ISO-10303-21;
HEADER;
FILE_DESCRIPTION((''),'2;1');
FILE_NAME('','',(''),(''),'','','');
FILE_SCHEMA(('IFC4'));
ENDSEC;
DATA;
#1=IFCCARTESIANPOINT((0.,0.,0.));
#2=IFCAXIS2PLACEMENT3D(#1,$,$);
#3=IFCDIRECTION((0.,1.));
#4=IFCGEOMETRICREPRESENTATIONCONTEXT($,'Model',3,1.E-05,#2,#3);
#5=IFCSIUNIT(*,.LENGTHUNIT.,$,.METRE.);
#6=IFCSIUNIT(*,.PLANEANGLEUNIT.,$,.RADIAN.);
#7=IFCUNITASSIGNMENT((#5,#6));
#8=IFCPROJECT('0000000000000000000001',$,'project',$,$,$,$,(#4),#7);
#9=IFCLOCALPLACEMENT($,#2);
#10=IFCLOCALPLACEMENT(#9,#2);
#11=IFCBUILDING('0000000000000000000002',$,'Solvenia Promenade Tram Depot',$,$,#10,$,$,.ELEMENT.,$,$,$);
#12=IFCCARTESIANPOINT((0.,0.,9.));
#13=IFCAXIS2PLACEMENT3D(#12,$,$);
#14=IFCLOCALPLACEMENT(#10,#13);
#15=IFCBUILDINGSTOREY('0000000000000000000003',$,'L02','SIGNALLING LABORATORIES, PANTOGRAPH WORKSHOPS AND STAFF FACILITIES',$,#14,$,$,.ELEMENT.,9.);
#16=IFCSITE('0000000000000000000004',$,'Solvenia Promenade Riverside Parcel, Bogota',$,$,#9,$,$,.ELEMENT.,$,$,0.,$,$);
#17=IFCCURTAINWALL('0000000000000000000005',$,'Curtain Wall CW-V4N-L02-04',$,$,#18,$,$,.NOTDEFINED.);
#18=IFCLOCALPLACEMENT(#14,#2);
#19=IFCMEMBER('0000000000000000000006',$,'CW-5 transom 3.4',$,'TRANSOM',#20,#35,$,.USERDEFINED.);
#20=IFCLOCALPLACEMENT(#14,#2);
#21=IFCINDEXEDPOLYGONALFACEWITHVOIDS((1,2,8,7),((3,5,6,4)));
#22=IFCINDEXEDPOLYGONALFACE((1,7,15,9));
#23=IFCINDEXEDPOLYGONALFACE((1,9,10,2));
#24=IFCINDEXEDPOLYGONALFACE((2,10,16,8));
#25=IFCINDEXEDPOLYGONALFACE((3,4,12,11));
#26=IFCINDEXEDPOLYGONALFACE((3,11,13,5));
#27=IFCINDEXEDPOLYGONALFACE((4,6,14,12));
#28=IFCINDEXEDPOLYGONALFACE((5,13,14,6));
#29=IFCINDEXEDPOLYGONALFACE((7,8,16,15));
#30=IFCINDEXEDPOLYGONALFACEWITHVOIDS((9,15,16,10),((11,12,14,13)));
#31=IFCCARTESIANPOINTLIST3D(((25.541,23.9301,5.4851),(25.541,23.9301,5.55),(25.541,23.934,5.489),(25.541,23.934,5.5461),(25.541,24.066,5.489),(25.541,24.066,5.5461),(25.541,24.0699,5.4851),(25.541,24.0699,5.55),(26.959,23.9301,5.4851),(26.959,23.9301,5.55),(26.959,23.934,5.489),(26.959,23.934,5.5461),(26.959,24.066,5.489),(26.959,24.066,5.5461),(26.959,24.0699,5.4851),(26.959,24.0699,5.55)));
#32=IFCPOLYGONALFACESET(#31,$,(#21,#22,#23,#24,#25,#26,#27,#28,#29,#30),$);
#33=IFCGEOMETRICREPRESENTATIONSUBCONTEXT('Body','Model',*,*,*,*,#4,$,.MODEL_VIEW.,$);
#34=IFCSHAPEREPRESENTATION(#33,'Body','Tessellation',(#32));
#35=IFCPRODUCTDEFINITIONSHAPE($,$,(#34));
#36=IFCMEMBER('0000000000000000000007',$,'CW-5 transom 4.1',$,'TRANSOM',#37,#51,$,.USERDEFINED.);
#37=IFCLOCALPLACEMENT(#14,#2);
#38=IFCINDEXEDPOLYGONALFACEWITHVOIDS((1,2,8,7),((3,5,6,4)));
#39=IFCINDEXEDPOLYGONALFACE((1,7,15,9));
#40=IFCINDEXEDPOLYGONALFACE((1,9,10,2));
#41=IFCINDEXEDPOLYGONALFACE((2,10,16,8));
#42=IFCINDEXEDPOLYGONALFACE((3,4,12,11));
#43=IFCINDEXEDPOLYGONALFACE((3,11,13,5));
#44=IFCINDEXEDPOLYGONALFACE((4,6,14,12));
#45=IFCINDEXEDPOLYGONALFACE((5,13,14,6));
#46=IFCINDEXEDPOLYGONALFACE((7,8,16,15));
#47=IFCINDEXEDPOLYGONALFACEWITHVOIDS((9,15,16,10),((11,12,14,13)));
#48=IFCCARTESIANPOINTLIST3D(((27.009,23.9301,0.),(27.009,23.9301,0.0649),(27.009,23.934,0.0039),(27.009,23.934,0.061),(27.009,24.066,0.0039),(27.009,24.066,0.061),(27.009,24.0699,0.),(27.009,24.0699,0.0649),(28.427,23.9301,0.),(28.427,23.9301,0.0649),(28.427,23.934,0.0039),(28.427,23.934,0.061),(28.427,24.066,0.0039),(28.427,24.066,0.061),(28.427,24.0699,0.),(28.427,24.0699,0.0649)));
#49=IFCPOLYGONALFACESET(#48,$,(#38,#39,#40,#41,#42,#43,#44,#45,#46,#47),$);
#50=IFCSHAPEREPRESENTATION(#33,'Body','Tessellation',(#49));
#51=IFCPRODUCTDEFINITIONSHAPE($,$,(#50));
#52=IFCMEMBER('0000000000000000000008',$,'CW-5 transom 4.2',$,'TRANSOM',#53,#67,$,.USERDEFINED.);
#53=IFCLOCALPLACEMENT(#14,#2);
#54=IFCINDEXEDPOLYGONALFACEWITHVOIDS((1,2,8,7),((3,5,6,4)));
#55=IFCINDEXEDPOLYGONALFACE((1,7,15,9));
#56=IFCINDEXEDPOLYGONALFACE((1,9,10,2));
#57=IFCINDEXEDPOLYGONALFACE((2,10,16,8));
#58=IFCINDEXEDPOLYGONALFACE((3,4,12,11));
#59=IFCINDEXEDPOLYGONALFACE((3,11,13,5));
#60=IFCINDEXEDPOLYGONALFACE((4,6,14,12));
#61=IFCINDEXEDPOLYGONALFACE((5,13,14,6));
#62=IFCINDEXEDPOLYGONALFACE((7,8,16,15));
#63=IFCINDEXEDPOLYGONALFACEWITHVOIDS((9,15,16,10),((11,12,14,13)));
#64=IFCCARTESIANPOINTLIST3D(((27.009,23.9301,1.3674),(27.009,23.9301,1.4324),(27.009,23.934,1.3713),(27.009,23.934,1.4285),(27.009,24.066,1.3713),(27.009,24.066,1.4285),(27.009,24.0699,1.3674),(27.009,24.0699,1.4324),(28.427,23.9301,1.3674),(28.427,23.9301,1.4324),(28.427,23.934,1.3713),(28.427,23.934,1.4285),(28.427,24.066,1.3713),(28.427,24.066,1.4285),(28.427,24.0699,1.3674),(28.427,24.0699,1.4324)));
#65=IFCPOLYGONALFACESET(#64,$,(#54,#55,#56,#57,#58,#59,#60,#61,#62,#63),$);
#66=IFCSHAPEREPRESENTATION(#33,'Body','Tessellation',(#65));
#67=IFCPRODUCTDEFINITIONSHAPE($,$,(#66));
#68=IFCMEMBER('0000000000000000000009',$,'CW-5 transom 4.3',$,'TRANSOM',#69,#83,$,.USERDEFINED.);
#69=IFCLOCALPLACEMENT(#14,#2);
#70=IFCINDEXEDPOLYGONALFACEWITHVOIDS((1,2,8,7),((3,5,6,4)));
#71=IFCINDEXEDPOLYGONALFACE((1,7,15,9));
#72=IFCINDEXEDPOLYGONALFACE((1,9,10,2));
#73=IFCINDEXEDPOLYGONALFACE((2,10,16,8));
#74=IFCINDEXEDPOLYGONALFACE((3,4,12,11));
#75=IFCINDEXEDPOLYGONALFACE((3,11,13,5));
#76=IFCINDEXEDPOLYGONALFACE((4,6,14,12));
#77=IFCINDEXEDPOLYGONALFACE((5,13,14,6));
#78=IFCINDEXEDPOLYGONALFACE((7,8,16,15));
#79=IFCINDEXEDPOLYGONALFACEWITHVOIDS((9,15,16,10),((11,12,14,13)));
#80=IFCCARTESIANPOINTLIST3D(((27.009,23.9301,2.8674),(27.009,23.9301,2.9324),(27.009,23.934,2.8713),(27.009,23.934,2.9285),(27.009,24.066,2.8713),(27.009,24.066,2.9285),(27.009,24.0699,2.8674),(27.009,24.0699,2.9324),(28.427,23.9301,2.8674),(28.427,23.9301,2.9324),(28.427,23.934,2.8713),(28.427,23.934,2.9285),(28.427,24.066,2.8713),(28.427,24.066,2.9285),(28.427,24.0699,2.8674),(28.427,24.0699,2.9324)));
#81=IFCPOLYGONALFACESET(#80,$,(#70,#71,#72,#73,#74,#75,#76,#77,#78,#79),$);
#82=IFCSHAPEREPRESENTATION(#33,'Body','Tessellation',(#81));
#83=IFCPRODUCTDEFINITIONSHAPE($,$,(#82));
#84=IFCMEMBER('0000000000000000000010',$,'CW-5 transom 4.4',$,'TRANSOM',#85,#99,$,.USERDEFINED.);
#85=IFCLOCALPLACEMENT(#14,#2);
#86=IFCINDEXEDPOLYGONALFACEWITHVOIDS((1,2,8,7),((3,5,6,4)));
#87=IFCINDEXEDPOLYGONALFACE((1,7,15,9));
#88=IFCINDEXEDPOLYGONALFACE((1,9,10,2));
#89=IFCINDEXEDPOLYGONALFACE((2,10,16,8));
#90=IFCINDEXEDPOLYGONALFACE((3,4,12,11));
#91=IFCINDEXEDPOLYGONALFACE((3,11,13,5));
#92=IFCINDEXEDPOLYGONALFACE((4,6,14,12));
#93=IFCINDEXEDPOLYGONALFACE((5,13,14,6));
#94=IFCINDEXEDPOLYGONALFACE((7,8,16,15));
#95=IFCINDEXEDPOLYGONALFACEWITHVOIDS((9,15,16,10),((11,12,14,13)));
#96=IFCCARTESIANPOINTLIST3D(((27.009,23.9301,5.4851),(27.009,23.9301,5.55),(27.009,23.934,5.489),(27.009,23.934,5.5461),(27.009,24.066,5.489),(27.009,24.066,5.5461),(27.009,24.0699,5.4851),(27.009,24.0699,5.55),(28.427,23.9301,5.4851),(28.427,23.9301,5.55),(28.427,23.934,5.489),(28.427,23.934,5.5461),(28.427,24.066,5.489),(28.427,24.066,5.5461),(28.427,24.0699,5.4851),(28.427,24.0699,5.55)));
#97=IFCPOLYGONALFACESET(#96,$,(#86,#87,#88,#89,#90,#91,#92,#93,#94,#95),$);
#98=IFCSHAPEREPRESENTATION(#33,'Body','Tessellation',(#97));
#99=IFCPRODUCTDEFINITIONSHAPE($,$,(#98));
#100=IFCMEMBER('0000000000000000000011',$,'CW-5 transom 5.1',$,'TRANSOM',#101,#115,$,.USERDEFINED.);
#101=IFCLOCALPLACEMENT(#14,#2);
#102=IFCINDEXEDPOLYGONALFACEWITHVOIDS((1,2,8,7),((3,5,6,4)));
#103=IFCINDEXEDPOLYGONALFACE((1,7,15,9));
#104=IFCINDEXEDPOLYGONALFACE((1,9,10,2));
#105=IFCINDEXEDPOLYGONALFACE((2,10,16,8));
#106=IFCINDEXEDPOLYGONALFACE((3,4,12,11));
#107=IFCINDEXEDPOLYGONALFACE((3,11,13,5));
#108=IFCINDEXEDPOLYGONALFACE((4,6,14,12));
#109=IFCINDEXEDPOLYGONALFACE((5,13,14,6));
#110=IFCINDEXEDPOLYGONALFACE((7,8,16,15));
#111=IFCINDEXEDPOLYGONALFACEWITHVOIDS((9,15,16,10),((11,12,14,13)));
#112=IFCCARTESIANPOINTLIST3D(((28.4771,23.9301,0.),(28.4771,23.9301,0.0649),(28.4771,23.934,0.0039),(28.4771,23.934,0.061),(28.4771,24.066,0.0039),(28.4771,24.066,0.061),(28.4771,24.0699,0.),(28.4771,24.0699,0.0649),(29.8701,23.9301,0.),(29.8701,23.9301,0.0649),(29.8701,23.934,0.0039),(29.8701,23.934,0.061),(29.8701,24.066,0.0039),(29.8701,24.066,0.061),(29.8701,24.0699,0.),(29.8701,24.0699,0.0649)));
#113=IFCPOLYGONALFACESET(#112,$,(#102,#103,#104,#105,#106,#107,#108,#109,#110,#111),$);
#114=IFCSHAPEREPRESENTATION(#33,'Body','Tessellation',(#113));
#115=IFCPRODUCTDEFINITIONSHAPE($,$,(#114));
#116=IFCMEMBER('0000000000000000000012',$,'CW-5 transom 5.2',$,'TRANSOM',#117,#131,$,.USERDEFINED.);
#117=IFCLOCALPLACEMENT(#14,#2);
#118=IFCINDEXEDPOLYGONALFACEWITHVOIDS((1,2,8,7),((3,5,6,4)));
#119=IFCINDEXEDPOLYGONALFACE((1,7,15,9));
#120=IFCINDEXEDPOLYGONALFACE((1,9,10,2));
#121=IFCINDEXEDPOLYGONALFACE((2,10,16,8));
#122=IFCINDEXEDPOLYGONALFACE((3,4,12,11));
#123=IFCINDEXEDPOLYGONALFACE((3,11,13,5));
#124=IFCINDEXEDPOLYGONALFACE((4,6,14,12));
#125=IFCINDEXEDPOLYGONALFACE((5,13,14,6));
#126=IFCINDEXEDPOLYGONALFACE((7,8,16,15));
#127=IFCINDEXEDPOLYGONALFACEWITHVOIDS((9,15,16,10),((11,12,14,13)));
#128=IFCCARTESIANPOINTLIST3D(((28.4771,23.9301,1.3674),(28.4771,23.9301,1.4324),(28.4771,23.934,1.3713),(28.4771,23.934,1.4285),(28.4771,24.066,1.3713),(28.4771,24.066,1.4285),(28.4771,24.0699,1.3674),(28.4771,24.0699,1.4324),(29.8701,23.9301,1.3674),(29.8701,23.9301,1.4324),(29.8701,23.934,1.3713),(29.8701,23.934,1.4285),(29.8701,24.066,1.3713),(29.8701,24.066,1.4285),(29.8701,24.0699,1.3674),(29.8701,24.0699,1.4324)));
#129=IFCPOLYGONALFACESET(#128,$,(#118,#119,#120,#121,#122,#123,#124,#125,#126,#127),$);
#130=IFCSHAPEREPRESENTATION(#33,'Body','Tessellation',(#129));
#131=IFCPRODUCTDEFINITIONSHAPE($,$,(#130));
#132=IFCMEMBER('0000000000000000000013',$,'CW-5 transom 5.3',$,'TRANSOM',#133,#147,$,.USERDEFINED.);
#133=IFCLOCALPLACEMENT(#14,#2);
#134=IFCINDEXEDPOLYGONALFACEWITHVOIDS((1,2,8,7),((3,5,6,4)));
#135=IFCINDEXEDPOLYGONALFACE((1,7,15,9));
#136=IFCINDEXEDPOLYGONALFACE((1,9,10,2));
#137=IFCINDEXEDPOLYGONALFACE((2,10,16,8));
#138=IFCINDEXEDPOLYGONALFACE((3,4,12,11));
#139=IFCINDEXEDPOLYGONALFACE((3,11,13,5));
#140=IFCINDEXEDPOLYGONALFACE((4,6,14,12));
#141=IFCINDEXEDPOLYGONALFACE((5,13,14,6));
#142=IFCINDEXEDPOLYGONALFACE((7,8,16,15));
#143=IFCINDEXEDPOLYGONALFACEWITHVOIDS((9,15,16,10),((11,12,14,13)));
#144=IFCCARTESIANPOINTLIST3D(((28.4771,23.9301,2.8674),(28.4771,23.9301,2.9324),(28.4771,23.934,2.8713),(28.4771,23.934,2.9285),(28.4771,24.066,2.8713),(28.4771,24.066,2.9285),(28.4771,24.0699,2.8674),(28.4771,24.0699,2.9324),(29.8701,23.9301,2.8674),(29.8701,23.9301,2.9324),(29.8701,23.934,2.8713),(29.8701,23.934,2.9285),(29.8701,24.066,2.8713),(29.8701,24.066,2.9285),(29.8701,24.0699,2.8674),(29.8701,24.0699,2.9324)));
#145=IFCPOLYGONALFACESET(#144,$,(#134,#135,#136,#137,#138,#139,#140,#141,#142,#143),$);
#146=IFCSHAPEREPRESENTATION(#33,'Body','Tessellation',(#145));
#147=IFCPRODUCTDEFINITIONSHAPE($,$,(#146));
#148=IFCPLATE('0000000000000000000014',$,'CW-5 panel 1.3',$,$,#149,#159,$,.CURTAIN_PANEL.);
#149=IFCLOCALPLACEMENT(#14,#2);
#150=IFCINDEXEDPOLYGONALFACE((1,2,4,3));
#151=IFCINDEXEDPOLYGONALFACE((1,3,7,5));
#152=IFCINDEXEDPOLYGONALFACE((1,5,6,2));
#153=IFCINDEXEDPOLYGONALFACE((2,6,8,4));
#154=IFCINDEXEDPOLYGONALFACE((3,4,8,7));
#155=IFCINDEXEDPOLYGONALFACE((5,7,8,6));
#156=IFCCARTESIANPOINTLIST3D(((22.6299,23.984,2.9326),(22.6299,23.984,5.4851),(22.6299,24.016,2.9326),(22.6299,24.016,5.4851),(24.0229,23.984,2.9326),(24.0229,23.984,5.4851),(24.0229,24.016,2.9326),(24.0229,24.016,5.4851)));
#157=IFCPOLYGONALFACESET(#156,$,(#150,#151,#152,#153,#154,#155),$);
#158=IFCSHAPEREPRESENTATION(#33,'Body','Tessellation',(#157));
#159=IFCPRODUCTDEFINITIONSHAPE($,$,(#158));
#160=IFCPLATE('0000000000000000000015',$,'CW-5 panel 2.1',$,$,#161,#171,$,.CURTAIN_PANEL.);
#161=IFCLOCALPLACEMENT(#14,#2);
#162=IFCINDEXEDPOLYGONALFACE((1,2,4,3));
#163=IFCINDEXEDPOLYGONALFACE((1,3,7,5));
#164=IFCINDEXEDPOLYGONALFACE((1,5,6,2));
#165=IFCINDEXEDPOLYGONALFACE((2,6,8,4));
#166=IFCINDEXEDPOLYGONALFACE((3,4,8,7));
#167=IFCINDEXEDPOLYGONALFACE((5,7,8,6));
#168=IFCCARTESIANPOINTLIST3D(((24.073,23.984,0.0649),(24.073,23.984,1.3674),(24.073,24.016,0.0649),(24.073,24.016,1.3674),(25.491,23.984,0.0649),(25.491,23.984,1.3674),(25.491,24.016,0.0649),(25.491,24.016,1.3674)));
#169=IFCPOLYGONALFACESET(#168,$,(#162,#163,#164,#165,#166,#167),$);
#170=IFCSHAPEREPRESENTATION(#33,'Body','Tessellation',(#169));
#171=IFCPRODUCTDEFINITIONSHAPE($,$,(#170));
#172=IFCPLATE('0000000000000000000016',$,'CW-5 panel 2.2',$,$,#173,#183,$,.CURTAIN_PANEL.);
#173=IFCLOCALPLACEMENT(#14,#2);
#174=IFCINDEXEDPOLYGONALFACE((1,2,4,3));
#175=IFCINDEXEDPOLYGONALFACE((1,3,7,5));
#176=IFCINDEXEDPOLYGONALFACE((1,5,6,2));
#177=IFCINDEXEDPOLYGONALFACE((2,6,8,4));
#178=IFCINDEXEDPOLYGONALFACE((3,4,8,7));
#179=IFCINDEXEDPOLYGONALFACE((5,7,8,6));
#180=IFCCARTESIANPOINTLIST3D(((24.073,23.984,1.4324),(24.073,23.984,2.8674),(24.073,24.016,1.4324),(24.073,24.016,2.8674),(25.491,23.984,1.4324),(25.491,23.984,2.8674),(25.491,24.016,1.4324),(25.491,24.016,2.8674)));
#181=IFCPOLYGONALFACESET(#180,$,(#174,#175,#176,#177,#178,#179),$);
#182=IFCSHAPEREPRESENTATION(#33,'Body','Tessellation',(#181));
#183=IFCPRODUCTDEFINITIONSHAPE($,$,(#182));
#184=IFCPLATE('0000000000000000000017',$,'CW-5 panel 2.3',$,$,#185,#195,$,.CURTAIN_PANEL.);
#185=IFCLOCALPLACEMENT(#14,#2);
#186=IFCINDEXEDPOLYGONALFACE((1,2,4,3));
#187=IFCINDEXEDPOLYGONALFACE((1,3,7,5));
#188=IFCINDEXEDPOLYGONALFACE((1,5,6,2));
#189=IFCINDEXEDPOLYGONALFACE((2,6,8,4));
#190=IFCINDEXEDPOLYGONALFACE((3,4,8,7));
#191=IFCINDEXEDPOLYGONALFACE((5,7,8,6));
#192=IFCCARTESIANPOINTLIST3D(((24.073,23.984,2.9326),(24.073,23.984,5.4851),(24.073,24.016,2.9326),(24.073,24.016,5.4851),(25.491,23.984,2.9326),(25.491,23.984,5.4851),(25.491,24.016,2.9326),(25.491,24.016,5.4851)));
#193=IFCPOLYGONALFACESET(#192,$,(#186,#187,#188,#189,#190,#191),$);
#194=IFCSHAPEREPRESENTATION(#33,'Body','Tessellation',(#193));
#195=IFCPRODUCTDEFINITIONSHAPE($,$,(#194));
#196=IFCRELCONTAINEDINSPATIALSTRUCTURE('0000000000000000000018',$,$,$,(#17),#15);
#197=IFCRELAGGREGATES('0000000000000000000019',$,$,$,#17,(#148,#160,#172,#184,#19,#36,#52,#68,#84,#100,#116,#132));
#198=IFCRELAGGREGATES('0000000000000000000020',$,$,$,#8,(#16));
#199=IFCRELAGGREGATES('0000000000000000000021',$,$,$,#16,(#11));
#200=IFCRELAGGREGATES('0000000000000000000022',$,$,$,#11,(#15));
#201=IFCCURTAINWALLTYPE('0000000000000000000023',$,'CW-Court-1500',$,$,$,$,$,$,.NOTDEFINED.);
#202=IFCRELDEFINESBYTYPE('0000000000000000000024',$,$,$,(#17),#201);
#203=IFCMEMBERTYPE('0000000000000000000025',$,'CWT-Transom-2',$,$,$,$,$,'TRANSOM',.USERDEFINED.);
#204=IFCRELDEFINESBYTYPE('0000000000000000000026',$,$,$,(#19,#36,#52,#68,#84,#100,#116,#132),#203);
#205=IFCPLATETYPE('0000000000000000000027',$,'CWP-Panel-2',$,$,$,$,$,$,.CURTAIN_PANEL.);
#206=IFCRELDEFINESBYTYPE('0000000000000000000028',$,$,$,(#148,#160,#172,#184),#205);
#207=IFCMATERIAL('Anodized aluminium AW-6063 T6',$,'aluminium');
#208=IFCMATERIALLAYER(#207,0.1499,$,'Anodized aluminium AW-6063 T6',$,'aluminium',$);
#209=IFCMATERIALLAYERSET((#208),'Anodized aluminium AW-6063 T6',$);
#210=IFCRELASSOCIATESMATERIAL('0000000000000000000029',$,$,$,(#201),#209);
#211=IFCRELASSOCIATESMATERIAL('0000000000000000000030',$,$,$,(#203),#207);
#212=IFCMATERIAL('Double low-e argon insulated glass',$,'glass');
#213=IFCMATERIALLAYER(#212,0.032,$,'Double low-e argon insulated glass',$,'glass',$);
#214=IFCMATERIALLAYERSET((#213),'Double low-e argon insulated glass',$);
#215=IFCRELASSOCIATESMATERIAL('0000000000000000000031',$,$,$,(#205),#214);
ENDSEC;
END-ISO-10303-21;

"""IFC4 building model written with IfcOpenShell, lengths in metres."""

from ifc_helpers import new_model, si_unit, direction, frame, origin, origin_2d, place, context, subcontext, project, spatial, rectangle, hollow_rectangle, extrude, material, layer, layer_set, material_profile, profile_set, type_object, element, aggregate, save


model = new_model("IFC4")

# Units and contexts
model_context = context("Model", 3, precision=1e-05, world=origin(), true_north=direction((0.0, 1.0)))
body_context = subcontext(model_context, "Body", "Model", "MODEL_VIEW")
ifc_project = project(units=[si_unit("LENGTHUNIT", "METRE"), si_unit("PLANEANGLEUNIT", "RADIAN")], contexts=[model_context])

# Site, building, storey
site_placement = place(None, origin())
site = spatial("IfcSite", under=ifc_project, at=site_placement, Name="Solvenia Promenade Riverside Parcel, Bogota", CompositionType="ELEMENT", RefElevation=0.0)
building_placement = place(site_placement, origin())
building = spatial("IfcBuilding", under=site, at=building_placement, Name="Solvenia Promenade Tram Depot", CompositionType="ELEMENT")
storey_placement = place(building_placement, frame((0.0, 0.0, 9.0)))
storey = spatial("IfcBuildingStorey", under=building, at=storey_placement, Name="L02", Description="SIGNALLING LABORATORIES, PANTOGRAPH WORKSHOPS AND STAFF FACILITIES", CompositionType="ELEMENT", Elevation=9.0)

# Curtain wall, members, plates
ifc_material_1 = material(Name="Anodized aluminium AW-6063 T6", Category="aluminium")
ifc_layer_1 = layer(ifc_material_1, 0.1499, Name="Anodized aluminium AW-6063 T6", Category="aluminium")
ifc_layer_set_1 = layer_set([ifc_layer_1], Name="Anodized aluminium AW-6063 T6")
curtain_wall_type = type_object("IfcCurtainWallType", Name="CW-Court-1500", PredefinedType="NOTDEFINED", material=ifc_layer_set_1)
curtain_wall_placement = place(storey_placement, origin())
curtain_wall = element("IfcCurtainWall", 1, at=curtain_wall_placement, inside=storey, type_object=curtain_wall_type, Name="Curtain Wall CW-V4N-L02-04", PredefinedType="NOTDEFINED")
ifc_material_profile_1 = material_profile(ifc_material_1, hollow_rectangle(XDim=0.1399, YDim=0.0649, WallThickness=0.0039, at=origin_2d()), Name="ALU-T2", Category="aluminium")
ifc_profile_set_1 = profile_set([ifc_material_profile_1], Name="Anodized aluminium AW-6063 T6")
member_type_1 = type_object("IfcMemberType", Name="CWT-Transom-2", ElementType="TRANSOM", PredefinedType="USERDEFINED", material=ifc_profile_set_1)
member_1_placement = place(storey_placement, frame((25.541, 24.0, 5.5176), z_axis=(1.0, 0.0, 0.0), x_axis=(0.0, 1.0, 0.0)))
member_1 = element("IfcMember", 2, at=member_1_placement, type_object=member_type_1, Name="CW-5 transom 3.4", ObjectType="TRANSOM", PredefinedType="USERDEFINED", context=body_context, shape_type="SweptSolid", body=[
    extrude(hollow_rectangle(XDim=0.1399, YDim=0.0649, WallThickness=0.0039, at=origin_2d()), origin(), (0.0, 0.0, 1.0), 1.418),
])
member_2_placement = place(storey_placement, frame((27.009, 24.0, 0.0325), z_axis=(1.0, 0.0, 0.0), x_axis=(0.0, 1.0, 0.0)))
member_2 = element("IfcMember", 3, at=member_2_placement, type_object=member_type_1, Name="CW-5 transom 4.1", ObjectType="TRANSOM", PredefinedType="USERDEFINED", context=body_context, shape_type="SweptSolid", body=[
    extrude(hollow_rectangle(XDim=0.1399, YDim=0.0649, WallThickness=0.0039, at=origin_2d()), origin(), (0.0, 0.0, 1.0), 1.418),
])
member_3_placement = place(storey_placement, frame((27.009, 24.0, 1.3999), z_axis=(1.0, 0.0, 0.0), x_axis=(0.0, 1.0, 0.0)))
member_3 = element("IfcMember", 4, at=member_3_placement, type_object=member_type_1, Name="CW-5 transom 4.2", ObjectType="TRANSOM", PredefinedType="USERDEFINED", context=body_context, shape_type="SweptSolid", body=[
    extrude(hollow_rectangle(XDim=0.1399, YDim=0.0649, WallThickness=0.0039, at=origin_2d()), origin(), (0.0, 0.0, 1.0), 1.418),
])
member_4_placement = place(storey_placement, frame((27.009, 24.0, 2.8999), z_axis=(1.0, 0.0, 0.0), x_axis=(0.0, 1.0, 0.0)))
member_4 = element("IfcMember", 5, at=member_4_placement, type_object=member_type_1, Name="CW-5 transom 4.3", ObjectType="TRANSOM", PredefinedType="USERDEFINED", context=body_context, shape_type="SweptSolid", body=[
    extrude(hollow_rectangle(XDim=0.1399, YDim=0.0649, WallThickness=0.0039, at=origin_2d()), origin(), (0.0, 0.0, 1.0), 1.418),
])
member_5_placement = place(storey_placement, frame((27.009, 24.0, 5.5176), z_axis=(1.0, 0.0, 0.0), x_axis=(0.0, 1.0, 0.0)))
member_5 = element("IfcMember", 6, at=member_5_placement, type_object=member_type_1, Name="CW-5 transom 4.4", ObjectType="TRANSOM", PredefinedType="USERDEFINED", context=body_context, shape_type="SweptSolid", body=[
    extrude(hollow_rectangle(XDim=0.1399, YDim=0.0649, WallThickness=0.0039, at=origin_2d()), origin(), (0.0, 0.0, 1.0), 1.418),
])
member_6_placement = place(storey_placement, frame((28.4771, 24.0, 0.0325), z_axis=(1.0, 0.0, 0.0), x_axis=(0.0, 1.0, 0.0)))
member_6 = element("IfcMember", 7, at=member_6_placement, type_object=member_type_1, Name="CW-5 transom 5.1", ObjectType="TRANSOM", PredefinedType="USERDEFINED", context=body_context, shape_type="SweptSolid", body=[
    extrude(hollow_rectangle(XDim=0.1399, YDim=0.0649, WallThickness=0.0039, at=origin_2d()), origin(), (0.0, 0.0, 1.0), 1.3931),
])
member_7_placement = place(storey_placement, frame((28.4771, 24.0, 1.3999), z_axis=(1.0, 0.0, 0.0), x_axis=(0.0, 1.0, 0.0)))
member_7 = element("IfcMember", 8, at=member_7_placement, type_object=member_type_1, Name="CW-5 transom 5.2", ObjectType="TRANSOM", PredefinedType="USERDEFINED", context=body_context, shape_type="SweptSolid", body=[
    extrude(hollow_rectangle(XDim=0.1399, YDim=0.0649, WallThickness=0.0039, at=origin_2d()), origin(), (0.0, 0.0, 1.0), 1.3931),
])
member_8_placement = place(storey_placement, frame((28.4771, 24.0, 2.8999), z_axis=(1.0, 0.0, 0.0), x_axis=(0.0, 1.0, 0.0)))
member_8 = element("IfcMember", 9, at=member_8_placement, type_object=member_type_1, Name="CW-5 transom 5.3", ObjectType="TRANSOM", PredefinedType="USERDEFINED", context=body_context, shape_type="SweptSolid", body=[
    extrude(hollow_rectangle(XDim=0.1399, YDim=0.0649, WallThickness=0.0039, at=origin_2d()), origin(), (0.0, 0.0, 1.0), 1.3931),
])
ifc_material_2 = material(Name="Double low-e argon insulated glass", Category="glass")
ifc_layer_2 = layer(ifc_material_2, 0.032, Name="Double low-e argon insulated glass", Category="glass")
ifc_layer_set_2 = layer_set([ifc_layer_2], Name="Double low-e argon insulated glass")
plate_type = type_object("IfcPlateType", Name="CWP-Panel-2", PredefinedType="CURTAIN_PANEL", material=ifc_layer_set_2)
plate_1_placement = place(storey_placement, frame((23.3264, 24.0, 2.9326), z_axis=(0.0, 0.0, 1.0), x_axis=(1.0, 0.0, 0.0)))
plate_1 = element("IfcPlate", 10, at=plate_1_placement, type_object=plate_type, Name="CW-5 panel 1.3", PredefinedType="CURTAIN_PANEL", context=body_context, shape_type="SweptSolid", body=[
    extrude(rectangle(XDim=1.3931, YDim=0.032, at=origin_2d()), origin(), (0.0, 0.0, 1.0), 2.5525),
])
plate_2_placement = place(storey_placement, frame((24.782, 24.0, 0.0649), z_axis=(0.0, 0.0, 1.0), x_axis=(1.0, 0.0, 0.0)))
plate_2 = element("IfcPlate", 11, at=plate_2_placement, type_object=plate_type, Name="CW-5 panel 2.1", PredefinedType="CURTAIN_PANEL", context=body_context, shape_type="SweptSolid", body=[
    extrude(rectangle(XDim=1.418, YDim=0.032, at=origin_2d()), origin(), (0.0, 0.0, 1.0), 1.3025),
])
plate_3_placement = place(storey_placement, frame((24.782, 24.0, 1.4324), z_axis=(0.0, 0.0, 1.0), x_axis=(1.0, 0.0, 0.0)))
plate_3 = element("IfcPlate", 12, at=plate_3_placement, type_object=plate_type, Name="CW-5 panel 2.2", PredefinedType="CURTAIN_PANEL", context=body_context, shape_type="SweptSolid", body=[
    extrude(rectangle(XDim=1.418, YDim=0.032, at=origin_2d()), origin(), (0.0, 0.0, 1.0), 1.4351),
])
plate_4_placement = place(storey_placement, frame((24.782, 24.0, 2.9326), z_axis=(0.0, 0.0, 1.0), x_axis=(1.0, 0.0, 0.0)))
plate_4 = element("IfcPlate", 13, at=plate_4_placement, type_object=plate_type, Name="CW-5 panel 2.3", PredefinedType="CURTAIN_PANEL", context=body_context, shape_type="SweptSolid", body=[
    extrude(rectangle(XDim=1.418, YDim=0.032, at=origin_2d()), origin(), (0.0, 0.0, 1.0), 2.5525),
])
aggregate(curtain_wall, [plate_1, plate_2, plate_3, plate_4, member_1, member_2, member_3, member_4, member_5, member_6, member_7, member_8])

save(model, "model.ifc")
